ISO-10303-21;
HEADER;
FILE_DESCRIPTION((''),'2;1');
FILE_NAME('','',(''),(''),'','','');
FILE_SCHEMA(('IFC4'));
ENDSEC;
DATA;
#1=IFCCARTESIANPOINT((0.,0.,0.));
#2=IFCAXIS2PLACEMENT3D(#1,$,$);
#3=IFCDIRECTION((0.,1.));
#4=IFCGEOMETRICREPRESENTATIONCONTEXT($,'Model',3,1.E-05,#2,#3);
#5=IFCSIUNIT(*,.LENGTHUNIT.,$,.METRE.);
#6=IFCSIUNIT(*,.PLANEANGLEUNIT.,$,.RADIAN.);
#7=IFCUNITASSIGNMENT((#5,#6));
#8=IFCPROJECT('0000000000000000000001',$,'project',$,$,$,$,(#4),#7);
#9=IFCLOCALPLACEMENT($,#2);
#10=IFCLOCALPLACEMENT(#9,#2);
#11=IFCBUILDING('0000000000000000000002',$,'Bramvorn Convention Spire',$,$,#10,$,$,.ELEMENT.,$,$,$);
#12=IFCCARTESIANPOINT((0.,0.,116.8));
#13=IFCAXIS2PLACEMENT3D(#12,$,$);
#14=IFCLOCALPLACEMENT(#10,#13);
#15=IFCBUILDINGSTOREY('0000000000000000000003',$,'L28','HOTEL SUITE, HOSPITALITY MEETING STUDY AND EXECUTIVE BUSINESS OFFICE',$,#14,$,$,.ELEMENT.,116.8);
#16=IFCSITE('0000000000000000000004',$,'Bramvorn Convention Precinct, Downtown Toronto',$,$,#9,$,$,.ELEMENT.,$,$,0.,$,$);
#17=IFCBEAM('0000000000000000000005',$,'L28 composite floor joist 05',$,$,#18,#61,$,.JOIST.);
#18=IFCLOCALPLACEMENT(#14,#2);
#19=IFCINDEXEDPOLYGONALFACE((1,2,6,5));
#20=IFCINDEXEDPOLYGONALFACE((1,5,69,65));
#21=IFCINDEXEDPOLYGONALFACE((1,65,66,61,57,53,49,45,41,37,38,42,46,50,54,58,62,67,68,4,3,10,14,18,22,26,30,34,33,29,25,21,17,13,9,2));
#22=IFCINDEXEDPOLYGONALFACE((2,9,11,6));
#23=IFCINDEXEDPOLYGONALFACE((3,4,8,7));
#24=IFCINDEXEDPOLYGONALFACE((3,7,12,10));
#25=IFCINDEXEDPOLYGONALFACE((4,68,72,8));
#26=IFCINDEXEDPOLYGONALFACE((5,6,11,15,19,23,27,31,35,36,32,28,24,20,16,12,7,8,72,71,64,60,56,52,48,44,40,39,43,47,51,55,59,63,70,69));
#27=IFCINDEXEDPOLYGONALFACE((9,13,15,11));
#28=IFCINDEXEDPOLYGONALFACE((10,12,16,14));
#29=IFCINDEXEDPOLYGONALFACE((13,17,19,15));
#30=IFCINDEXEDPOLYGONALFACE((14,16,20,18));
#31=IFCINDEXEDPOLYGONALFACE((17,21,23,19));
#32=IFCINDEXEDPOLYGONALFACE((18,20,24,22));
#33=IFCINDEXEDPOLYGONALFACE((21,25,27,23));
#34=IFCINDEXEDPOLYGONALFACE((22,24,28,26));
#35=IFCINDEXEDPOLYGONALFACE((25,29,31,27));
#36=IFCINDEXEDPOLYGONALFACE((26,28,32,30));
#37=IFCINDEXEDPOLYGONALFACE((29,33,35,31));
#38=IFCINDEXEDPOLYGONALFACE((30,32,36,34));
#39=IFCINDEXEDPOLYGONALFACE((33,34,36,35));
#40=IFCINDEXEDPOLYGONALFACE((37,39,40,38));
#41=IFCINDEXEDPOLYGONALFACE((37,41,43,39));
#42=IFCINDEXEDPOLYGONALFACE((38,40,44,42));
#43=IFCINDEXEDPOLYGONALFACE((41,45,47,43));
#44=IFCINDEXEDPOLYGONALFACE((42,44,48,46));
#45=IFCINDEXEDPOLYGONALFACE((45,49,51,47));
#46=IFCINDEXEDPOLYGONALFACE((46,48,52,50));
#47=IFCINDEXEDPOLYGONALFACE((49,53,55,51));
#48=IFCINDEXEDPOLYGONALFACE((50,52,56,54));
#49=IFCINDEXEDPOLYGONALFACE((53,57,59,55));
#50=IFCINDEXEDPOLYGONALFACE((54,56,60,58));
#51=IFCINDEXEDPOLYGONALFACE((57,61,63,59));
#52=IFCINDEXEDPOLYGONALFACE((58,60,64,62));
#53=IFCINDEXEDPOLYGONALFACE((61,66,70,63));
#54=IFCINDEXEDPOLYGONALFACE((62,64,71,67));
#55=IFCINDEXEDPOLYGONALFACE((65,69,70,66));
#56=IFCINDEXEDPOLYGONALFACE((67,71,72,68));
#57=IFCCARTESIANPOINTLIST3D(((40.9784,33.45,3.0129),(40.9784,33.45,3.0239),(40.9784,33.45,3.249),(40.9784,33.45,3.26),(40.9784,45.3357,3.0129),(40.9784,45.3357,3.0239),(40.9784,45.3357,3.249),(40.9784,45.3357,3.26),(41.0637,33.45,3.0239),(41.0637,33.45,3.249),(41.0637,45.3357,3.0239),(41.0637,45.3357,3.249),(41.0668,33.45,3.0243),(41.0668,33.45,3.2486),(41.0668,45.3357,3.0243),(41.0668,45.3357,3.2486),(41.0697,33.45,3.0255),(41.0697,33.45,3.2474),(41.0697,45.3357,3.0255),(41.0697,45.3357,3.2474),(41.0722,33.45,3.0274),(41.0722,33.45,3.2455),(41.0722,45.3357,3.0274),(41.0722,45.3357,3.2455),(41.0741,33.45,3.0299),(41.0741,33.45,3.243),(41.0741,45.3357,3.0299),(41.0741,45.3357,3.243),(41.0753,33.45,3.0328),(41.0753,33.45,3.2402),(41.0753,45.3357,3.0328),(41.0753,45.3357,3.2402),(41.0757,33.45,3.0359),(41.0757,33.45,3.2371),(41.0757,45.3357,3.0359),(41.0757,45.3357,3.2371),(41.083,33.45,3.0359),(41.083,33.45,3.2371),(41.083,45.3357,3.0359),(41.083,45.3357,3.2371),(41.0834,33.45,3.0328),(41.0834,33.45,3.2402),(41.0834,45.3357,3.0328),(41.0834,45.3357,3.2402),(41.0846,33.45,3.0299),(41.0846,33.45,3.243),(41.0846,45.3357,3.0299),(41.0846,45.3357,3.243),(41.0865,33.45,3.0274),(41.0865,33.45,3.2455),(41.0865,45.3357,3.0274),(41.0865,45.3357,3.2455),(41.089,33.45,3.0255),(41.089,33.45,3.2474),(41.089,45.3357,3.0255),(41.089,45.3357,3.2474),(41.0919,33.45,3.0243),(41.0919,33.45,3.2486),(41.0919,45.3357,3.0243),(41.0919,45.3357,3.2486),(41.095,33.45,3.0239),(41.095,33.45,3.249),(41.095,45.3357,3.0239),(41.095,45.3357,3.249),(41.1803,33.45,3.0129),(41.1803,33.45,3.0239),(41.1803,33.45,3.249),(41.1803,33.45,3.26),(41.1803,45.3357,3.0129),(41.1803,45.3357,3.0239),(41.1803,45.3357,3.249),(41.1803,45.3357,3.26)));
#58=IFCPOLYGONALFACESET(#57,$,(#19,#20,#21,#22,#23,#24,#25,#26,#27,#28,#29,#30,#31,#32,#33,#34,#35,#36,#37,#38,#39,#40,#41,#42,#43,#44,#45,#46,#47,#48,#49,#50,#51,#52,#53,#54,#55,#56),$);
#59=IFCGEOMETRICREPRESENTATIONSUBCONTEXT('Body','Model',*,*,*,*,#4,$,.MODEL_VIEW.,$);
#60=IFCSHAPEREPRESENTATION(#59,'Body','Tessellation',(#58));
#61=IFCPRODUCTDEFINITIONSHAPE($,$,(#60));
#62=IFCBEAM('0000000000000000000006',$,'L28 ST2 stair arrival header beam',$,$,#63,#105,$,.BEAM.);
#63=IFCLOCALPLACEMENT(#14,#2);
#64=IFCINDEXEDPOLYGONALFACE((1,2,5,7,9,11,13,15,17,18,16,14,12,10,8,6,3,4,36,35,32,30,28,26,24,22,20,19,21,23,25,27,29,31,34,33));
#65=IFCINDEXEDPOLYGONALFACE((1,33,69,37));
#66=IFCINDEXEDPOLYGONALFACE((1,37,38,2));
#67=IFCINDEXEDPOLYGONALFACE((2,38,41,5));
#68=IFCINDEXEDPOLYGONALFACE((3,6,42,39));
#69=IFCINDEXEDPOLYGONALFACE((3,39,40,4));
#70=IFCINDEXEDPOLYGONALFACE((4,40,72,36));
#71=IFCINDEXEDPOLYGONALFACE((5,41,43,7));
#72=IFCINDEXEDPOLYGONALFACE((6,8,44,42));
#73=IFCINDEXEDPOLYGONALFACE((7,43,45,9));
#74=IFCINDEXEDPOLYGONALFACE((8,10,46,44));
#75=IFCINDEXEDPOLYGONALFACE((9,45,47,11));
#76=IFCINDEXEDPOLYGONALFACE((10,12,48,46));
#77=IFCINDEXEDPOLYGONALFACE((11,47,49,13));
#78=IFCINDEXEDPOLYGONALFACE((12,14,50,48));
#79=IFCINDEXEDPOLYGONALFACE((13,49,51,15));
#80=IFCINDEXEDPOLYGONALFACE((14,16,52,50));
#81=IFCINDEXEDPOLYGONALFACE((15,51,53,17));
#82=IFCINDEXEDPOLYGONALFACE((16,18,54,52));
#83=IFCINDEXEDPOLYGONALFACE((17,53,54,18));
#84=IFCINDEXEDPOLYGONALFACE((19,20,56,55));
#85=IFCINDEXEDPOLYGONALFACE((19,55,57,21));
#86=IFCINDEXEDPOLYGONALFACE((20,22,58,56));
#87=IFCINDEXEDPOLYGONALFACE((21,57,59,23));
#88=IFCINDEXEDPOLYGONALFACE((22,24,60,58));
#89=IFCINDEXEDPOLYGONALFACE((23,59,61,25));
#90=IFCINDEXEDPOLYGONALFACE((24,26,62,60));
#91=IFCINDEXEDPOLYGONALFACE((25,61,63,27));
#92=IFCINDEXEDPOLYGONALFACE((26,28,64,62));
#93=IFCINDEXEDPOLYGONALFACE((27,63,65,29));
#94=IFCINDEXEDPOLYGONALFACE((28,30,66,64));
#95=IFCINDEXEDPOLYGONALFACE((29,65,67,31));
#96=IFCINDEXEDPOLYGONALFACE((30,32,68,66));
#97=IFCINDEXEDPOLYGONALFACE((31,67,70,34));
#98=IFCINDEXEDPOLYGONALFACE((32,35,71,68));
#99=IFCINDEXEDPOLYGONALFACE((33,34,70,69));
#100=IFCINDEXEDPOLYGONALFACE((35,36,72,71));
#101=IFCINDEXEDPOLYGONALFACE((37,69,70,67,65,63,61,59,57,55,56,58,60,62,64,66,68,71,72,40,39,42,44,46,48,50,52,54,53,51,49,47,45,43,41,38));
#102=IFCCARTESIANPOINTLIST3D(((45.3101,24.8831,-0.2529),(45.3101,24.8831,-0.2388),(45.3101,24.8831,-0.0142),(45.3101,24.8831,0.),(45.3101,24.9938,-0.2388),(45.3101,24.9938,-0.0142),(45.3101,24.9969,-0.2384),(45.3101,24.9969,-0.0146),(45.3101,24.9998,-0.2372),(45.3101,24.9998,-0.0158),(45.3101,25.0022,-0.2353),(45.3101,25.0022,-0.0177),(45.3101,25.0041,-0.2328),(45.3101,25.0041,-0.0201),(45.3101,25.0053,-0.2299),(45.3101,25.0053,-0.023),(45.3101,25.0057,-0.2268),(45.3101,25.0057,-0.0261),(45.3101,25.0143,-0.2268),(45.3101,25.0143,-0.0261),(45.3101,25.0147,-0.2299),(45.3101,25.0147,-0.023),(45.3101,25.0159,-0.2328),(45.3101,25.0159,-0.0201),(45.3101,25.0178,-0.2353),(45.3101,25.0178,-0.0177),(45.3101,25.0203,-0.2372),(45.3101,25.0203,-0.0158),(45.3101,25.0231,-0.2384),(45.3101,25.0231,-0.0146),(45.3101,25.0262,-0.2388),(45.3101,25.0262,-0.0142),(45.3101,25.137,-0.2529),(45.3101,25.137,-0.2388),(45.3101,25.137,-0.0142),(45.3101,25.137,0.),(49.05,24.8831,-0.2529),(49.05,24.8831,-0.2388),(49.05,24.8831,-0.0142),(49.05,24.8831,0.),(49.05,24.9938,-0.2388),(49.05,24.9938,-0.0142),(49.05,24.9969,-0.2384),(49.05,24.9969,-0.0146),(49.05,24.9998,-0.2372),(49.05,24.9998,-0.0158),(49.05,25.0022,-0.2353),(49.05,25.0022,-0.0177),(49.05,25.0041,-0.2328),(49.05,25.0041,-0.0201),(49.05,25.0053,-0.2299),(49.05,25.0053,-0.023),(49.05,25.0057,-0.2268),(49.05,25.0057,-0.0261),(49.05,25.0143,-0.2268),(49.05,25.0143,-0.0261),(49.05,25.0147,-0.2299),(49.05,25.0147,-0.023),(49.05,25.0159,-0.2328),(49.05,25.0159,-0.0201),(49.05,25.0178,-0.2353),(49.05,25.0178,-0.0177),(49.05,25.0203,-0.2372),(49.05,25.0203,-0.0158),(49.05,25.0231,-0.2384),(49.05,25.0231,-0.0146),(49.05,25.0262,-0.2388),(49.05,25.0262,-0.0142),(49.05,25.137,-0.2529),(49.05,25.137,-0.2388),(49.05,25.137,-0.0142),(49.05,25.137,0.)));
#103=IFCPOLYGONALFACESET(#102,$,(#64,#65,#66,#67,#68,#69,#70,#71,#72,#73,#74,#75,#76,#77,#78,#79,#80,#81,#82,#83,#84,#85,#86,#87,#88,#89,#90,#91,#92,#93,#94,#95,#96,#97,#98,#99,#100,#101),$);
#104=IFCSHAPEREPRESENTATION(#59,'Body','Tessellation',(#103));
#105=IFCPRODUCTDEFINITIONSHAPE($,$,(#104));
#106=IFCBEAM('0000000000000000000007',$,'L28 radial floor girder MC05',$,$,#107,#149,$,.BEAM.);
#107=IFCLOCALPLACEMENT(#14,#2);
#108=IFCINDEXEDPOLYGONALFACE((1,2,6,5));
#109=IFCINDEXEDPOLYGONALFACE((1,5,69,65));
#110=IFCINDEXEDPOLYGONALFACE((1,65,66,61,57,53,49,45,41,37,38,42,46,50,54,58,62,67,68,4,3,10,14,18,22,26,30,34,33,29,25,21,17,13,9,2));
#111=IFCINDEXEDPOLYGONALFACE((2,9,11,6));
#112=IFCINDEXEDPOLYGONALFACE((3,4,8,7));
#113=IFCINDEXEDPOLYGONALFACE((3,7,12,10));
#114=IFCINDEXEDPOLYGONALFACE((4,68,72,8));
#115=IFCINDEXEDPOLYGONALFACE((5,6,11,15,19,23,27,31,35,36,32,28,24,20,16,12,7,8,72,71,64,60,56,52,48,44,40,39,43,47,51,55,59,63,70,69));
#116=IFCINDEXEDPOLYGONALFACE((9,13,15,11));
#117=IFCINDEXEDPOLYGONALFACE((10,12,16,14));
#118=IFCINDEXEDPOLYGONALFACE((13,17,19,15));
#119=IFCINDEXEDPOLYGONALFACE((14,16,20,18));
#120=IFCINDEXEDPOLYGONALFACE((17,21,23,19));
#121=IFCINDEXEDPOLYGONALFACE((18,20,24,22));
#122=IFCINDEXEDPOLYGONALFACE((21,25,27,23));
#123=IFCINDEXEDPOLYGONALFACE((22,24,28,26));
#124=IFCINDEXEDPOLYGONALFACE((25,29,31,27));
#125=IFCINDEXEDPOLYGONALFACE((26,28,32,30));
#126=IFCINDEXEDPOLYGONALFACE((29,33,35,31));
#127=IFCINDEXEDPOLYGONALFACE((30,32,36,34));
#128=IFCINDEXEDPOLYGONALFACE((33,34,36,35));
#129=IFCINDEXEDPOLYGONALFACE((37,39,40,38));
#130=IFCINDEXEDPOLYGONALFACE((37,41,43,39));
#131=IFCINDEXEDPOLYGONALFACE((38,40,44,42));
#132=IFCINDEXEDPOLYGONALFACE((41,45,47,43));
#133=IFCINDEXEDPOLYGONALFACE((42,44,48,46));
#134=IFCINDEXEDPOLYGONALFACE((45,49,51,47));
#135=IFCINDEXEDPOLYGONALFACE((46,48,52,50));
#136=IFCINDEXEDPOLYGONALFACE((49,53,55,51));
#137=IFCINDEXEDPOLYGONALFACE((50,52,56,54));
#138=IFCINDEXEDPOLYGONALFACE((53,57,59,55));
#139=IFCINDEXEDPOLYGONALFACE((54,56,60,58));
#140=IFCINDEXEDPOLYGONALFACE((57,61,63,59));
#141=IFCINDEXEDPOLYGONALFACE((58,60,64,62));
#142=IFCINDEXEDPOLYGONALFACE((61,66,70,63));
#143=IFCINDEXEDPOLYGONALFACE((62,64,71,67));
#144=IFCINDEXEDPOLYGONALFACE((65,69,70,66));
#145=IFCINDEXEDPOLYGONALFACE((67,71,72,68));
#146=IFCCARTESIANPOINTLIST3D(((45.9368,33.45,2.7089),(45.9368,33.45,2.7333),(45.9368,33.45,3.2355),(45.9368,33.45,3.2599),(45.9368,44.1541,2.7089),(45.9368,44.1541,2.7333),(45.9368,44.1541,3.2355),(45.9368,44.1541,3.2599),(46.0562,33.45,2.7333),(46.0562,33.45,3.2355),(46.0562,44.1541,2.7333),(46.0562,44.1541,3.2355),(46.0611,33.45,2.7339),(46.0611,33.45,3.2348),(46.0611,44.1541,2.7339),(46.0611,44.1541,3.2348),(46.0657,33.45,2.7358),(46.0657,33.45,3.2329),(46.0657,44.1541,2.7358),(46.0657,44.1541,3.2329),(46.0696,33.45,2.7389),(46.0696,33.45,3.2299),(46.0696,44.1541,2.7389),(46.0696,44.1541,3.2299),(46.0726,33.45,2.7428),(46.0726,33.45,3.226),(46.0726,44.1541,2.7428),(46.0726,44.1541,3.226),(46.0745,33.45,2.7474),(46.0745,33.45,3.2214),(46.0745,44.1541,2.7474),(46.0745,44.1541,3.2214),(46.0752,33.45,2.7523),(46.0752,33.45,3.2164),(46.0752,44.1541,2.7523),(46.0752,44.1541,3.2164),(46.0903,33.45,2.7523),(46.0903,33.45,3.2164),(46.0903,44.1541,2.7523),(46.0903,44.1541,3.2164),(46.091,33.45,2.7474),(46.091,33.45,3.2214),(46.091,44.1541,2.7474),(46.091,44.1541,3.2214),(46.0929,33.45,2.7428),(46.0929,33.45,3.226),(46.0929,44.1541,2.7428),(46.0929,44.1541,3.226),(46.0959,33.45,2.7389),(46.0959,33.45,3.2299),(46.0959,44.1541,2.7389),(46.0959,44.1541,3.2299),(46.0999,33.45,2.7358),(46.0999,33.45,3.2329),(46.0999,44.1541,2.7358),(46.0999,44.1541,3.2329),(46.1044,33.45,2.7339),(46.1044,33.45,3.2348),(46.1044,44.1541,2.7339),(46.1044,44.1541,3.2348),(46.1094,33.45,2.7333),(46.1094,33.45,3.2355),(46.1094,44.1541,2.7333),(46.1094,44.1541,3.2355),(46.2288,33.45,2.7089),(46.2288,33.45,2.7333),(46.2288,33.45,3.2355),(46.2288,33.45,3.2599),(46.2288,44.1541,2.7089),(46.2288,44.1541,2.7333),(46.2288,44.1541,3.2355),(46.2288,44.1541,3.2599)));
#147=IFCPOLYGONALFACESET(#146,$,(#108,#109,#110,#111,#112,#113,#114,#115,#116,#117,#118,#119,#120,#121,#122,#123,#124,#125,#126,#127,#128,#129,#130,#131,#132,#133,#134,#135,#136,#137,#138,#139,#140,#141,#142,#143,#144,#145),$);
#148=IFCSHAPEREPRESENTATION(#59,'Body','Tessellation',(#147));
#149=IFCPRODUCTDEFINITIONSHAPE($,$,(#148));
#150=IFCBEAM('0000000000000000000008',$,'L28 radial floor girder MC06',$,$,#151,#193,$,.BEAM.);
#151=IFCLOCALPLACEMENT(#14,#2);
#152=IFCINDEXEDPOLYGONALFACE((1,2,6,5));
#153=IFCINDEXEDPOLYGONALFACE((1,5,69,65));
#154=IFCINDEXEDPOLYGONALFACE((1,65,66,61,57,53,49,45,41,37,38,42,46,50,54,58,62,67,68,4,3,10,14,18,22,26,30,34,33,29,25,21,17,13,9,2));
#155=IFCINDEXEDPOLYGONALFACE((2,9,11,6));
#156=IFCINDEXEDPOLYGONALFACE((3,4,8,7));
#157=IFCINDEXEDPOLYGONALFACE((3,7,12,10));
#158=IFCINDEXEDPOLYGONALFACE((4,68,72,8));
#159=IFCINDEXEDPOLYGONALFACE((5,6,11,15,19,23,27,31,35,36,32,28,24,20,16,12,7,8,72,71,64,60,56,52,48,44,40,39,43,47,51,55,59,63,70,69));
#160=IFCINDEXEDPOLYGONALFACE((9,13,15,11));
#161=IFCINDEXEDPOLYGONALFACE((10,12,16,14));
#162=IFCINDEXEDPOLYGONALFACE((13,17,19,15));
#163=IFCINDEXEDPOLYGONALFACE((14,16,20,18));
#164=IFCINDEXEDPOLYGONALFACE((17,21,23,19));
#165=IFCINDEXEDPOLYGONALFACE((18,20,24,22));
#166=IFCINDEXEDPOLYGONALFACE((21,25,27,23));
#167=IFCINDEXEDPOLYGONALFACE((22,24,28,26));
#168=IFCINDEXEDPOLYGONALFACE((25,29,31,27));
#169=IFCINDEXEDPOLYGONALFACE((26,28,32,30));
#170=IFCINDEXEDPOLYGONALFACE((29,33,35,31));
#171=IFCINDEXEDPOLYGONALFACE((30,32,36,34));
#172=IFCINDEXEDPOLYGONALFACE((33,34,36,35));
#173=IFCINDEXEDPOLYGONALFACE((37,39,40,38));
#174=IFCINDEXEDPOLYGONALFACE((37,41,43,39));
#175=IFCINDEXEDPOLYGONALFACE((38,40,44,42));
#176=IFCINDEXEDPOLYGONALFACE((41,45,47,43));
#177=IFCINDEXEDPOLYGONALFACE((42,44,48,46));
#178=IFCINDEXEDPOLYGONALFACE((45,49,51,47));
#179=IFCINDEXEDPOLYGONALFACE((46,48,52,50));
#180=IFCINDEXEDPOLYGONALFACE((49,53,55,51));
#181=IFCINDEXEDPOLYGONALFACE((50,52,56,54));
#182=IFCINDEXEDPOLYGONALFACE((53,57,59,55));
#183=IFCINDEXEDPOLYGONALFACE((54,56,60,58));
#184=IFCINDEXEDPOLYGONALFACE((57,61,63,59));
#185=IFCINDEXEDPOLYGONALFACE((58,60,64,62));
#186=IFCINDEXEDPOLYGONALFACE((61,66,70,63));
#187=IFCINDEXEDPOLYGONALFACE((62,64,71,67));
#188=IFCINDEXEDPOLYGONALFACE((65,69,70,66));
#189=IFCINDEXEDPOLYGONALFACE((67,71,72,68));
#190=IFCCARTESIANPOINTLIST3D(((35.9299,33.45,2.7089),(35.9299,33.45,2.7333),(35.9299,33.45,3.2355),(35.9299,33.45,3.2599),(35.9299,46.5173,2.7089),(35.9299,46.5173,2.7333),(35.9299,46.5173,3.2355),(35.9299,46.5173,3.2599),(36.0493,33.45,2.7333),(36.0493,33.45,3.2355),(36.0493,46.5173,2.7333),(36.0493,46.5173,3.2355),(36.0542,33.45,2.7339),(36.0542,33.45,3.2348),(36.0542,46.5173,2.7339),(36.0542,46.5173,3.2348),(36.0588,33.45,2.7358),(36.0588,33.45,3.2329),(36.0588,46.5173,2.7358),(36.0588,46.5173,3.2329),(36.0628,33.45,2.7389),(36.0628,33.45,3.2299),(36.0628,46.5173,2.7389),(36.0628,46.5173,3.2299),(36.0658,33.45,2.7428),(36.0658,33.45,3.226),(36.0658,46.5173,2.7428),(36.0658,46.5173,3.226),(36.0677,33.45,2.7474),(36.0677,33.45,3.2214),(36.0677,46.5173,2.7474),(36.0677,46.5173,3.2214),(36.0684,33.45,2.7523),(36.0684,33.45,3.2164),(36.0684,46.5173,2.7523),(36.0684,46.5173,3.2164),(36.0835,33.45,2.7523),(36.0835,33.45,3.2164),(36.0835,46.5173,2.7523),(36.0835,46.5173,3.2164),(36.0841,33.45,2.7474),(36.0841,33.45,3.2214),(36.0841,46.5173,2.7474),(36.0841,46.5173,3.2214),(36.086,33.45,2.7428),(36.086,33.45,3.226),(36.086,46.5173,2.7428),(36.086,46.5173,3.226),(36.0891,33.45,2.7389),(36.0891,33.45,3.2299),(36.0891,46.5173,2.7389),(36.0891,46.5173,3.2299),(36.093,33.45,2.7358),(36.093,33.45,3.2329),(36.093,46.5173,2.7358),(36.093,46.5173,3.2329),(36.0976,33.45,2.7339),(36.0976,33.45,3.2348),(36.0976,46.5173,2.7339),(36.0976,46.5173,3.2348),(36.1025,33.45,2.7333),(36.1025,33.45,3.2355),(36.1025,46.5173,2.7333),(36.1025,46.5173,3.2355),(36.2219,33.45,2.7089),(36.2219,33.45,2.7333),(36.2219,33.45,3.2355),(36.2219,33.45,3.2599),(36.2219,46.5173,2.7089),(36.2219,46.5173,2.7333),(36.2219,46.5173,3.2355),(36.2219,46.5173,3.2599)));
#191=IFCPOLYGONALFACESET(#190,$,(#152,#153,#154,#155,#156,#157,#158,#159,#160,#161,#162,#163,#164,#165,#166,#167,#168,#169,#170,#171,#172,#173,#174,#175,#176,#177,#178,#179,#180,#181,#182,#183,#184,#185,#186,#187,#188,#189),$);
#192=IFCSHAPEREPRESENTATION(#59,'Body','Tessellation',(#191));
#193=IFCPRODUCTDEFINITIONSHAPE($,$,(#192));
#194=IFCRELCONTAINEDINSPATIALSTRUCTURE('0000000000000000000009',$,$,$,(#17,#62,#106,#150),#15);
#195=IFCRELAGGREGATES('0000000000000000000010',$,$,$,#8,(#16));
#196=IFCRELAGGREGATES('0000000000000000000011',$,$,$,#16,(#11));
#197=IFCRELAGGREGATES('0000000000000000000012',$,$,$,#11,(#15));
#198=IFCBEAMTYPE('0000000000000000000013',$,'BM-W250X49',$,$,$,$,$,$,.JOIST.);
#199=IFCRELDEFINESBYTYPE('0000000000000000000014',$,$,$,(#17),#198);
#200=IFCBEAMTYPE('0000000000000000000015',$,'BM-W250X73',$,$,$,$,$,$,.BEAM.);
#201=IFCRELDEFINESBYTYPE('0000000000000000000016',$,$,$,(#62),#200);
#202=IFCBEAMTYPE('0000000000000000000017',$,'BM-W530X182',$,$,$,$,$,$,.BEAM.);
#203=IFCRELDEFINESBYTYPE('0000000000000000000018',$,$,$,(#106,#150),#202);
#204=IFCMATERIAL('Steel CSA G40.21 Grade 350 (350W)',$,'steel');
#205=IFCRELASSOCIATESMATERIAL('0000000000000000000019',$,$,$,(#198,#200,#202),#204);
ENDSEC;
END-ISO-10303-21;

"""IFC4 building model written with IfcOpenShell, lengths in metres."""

from ifc_helpers import new_model, si_unit, direction, frame, origin, origin_2d, place, context, subcontext, project, spatial, i_section, extrude, material, material_profile, profile_set, type_object, element, save


model = new_model("IFC4")

# Units and contexts
model_context = context("Model", 3, precision=1e-05, world=origin(), true_north=direction((0.0, 1.0)))
body_context = subcontext(model_context, "Body", "Model", "MODEL_VIEW")
ifc_project = project(units=[si_unit("LENGTHUNIT", "METRE"), si_unit("PLANEANGLEUNIT", "RADIAN")], contexts=[model_context])

# Site, building, storey
site_placement = place(None, origin())
site = spatial("IfcSite", under=ifc_project, at=site_placement, Name="Bramvorn Convention Precinct, Downtown Toronto", CompositionType="ELEMENT", RefElevation=0.0)
building_placement = place(site_placement, origin())
building = spatial("IfcBuilding", under=site, at=building_placement, Name="Bramvorn Convention Spire", CompositionType="ELEMENT")
storey_placement = place(building_placement, frame((0.0, 0.0, 116.8)))
storey = spatial("IfcBuildingStorey", under=building, at=storey_placement, Name="L28", Description="HOTEL SUITE, HOSPITALITY MEETING STUDY AND EXECUTIVE BUSINESS OFFICE", CompositionType="ELEMENT", Elevation=116.8)

# Beams
ifc_material_1 = material(Name="Steel CSA G40.21 Grade 350 (350W)", Category="steel")
ifc_material_profile_1 = material_profile(ifc_material_1, i_section(OverallWidth=0.2019, OverallDepth=0.2471, WebThickness=0.0073, FlangeThickness=0.011, FilletRadius=0.012, at=origin_2d()))
ifc_profile_set_1 = profile_set([ifc_material_profile_1], Name="Steel CSA G40.21 Grade 350 (350W) - W250X49")
beam_type_1 = type_object("IfcBeamType", Name="BM-W250X49", PredefinedType="JOIST", material=ifc_profile_set_1)
beam_1_placement = place(storey_placement, frame((41.0793, 33.45, 3.1365), z_axis=(0.0, 1.0, 0.0), x_axis=(-1.0, 0.0, 0.0)))
element("IfcBeam", 1, at=beam_1_placement, inside=storey, type_object=beam_type_1, Name="L28 composite floor joist 05", PredefinedType="JOIST", context=body_context, shape_type="SweptSolid", body=[
    extrude(i_section(OverallWidth=0.2019, OverallDepth=0.2471, WebThickness=0.0073, FlangeThickness=0.011, FilletRadius=0.012, at=origin_2d()), origin(), (0.0, 0.0, 1.0), 11.8857),
])
ifc_material_profile_2 = material_profile(ifc_material_1, i_section(OverallWidth=0.2539, OverallDepth=0.2529, WebThickness=0.0085, FlangeThickness=0.0142, FilletRadius=0.012, at=origin_2d()))
ifc_profile_set_2 = profile_set([ifc_material_profile_2], Name="Steel CSA G40.21 Grade 350 (350W) - W250X73")
beam_type_2 = type_object("IfcBeamType", Name="BM-W250X73", PredefinedType="BEAM", material=ifc_profile_set_2)
beam_2_placement = place(storey_placement, frame((45.3101, 25.01, -0.1265), z_axis=(1.0, 0.0, 0.0), x_axis=(0.0, 1.0, 0.0)))
element("IfcBeam", 2, at=beam_2_placement, inside=storey, type_object=beam_type_2, Name="L28 ST2 stair arrival header beam", PredefinedType="BEAM", context=body_context, shape_type="SweptSolid", body=[
    extrude(i_section(OverallWidth=0.2539, OverallDepth=0.2529, WebThickness=0.0085, FlangeThickness=0.0142, FilletRadius=0.012, at=origin_2d()), origin(), (0.0, 0.0, 1.0), 3.74),
])
ifc_material_profile_3 = material_profile(ifc_material_1, i_section(OverallWidth=0.292, OverallDepth=0.551, WebThickness=0.0151, FlangeThickness=0.0244, FilletRadius=0.019, at=origin_2d()))
ifc_profile_set_3 = profile_set([ifc_material_profile_3], Name="Steel CSA G40.21 Grade 350 (350W) - W530X182")
beam_type_3 = type_object("IfcBeamType", Name="BM-W530X182", PredefinedType="BEAM", material=ifc_profile_set_3)
beam_3_placement = place(storey_placement, frame((46.0828, 33.45, 2.9844), z_axis=(0.0, 1.0, 0.0), x_axis=(-1.0, 0.0, 0.0)))
element("IfcBeam", 3, at=beam_3_placement, inside=storey, type_object=beam_type_3, Name="L28 radial floor girder MC05", PredefinedType="BEAM", context=body_context, shape_type="SweptSolid", body=[
    extrude(i_section(OverallWidth=0.292, OverallDepth=0.551, WebThickness=0.0151, FlangeThickness=0.0244, FilletRadius=0.019, at=origin_2d()), origin(), (0.0, 0.0, 1.0), 10.7041),
])
beam_4_placement = place(storey_placement, frame((36.0759, 33.45, 2.9844), z_axis=(0.0, 1.0, 0.0), x_axis=(-1.0, 0.0, 0.0)))
element("IfcBeam", 4, at=beam_4_placement, inside=storey, type_object=beam_type_3, Name="L28 radial floor girder MC06", PredefinedType="BEAM", context=body_context, shape_type="SweptSolid", body=[
    extrude(i_section(OverallWidth=0.292, OverallDepth=0.551, WebThickness=0.0151, FlangeThickness=0.0244, FilletRadius=0.019, at=origin_2d()), origin(), (0.0, 0.0, 1.0), 13.0674),
])

save(model, "model.ifc")
